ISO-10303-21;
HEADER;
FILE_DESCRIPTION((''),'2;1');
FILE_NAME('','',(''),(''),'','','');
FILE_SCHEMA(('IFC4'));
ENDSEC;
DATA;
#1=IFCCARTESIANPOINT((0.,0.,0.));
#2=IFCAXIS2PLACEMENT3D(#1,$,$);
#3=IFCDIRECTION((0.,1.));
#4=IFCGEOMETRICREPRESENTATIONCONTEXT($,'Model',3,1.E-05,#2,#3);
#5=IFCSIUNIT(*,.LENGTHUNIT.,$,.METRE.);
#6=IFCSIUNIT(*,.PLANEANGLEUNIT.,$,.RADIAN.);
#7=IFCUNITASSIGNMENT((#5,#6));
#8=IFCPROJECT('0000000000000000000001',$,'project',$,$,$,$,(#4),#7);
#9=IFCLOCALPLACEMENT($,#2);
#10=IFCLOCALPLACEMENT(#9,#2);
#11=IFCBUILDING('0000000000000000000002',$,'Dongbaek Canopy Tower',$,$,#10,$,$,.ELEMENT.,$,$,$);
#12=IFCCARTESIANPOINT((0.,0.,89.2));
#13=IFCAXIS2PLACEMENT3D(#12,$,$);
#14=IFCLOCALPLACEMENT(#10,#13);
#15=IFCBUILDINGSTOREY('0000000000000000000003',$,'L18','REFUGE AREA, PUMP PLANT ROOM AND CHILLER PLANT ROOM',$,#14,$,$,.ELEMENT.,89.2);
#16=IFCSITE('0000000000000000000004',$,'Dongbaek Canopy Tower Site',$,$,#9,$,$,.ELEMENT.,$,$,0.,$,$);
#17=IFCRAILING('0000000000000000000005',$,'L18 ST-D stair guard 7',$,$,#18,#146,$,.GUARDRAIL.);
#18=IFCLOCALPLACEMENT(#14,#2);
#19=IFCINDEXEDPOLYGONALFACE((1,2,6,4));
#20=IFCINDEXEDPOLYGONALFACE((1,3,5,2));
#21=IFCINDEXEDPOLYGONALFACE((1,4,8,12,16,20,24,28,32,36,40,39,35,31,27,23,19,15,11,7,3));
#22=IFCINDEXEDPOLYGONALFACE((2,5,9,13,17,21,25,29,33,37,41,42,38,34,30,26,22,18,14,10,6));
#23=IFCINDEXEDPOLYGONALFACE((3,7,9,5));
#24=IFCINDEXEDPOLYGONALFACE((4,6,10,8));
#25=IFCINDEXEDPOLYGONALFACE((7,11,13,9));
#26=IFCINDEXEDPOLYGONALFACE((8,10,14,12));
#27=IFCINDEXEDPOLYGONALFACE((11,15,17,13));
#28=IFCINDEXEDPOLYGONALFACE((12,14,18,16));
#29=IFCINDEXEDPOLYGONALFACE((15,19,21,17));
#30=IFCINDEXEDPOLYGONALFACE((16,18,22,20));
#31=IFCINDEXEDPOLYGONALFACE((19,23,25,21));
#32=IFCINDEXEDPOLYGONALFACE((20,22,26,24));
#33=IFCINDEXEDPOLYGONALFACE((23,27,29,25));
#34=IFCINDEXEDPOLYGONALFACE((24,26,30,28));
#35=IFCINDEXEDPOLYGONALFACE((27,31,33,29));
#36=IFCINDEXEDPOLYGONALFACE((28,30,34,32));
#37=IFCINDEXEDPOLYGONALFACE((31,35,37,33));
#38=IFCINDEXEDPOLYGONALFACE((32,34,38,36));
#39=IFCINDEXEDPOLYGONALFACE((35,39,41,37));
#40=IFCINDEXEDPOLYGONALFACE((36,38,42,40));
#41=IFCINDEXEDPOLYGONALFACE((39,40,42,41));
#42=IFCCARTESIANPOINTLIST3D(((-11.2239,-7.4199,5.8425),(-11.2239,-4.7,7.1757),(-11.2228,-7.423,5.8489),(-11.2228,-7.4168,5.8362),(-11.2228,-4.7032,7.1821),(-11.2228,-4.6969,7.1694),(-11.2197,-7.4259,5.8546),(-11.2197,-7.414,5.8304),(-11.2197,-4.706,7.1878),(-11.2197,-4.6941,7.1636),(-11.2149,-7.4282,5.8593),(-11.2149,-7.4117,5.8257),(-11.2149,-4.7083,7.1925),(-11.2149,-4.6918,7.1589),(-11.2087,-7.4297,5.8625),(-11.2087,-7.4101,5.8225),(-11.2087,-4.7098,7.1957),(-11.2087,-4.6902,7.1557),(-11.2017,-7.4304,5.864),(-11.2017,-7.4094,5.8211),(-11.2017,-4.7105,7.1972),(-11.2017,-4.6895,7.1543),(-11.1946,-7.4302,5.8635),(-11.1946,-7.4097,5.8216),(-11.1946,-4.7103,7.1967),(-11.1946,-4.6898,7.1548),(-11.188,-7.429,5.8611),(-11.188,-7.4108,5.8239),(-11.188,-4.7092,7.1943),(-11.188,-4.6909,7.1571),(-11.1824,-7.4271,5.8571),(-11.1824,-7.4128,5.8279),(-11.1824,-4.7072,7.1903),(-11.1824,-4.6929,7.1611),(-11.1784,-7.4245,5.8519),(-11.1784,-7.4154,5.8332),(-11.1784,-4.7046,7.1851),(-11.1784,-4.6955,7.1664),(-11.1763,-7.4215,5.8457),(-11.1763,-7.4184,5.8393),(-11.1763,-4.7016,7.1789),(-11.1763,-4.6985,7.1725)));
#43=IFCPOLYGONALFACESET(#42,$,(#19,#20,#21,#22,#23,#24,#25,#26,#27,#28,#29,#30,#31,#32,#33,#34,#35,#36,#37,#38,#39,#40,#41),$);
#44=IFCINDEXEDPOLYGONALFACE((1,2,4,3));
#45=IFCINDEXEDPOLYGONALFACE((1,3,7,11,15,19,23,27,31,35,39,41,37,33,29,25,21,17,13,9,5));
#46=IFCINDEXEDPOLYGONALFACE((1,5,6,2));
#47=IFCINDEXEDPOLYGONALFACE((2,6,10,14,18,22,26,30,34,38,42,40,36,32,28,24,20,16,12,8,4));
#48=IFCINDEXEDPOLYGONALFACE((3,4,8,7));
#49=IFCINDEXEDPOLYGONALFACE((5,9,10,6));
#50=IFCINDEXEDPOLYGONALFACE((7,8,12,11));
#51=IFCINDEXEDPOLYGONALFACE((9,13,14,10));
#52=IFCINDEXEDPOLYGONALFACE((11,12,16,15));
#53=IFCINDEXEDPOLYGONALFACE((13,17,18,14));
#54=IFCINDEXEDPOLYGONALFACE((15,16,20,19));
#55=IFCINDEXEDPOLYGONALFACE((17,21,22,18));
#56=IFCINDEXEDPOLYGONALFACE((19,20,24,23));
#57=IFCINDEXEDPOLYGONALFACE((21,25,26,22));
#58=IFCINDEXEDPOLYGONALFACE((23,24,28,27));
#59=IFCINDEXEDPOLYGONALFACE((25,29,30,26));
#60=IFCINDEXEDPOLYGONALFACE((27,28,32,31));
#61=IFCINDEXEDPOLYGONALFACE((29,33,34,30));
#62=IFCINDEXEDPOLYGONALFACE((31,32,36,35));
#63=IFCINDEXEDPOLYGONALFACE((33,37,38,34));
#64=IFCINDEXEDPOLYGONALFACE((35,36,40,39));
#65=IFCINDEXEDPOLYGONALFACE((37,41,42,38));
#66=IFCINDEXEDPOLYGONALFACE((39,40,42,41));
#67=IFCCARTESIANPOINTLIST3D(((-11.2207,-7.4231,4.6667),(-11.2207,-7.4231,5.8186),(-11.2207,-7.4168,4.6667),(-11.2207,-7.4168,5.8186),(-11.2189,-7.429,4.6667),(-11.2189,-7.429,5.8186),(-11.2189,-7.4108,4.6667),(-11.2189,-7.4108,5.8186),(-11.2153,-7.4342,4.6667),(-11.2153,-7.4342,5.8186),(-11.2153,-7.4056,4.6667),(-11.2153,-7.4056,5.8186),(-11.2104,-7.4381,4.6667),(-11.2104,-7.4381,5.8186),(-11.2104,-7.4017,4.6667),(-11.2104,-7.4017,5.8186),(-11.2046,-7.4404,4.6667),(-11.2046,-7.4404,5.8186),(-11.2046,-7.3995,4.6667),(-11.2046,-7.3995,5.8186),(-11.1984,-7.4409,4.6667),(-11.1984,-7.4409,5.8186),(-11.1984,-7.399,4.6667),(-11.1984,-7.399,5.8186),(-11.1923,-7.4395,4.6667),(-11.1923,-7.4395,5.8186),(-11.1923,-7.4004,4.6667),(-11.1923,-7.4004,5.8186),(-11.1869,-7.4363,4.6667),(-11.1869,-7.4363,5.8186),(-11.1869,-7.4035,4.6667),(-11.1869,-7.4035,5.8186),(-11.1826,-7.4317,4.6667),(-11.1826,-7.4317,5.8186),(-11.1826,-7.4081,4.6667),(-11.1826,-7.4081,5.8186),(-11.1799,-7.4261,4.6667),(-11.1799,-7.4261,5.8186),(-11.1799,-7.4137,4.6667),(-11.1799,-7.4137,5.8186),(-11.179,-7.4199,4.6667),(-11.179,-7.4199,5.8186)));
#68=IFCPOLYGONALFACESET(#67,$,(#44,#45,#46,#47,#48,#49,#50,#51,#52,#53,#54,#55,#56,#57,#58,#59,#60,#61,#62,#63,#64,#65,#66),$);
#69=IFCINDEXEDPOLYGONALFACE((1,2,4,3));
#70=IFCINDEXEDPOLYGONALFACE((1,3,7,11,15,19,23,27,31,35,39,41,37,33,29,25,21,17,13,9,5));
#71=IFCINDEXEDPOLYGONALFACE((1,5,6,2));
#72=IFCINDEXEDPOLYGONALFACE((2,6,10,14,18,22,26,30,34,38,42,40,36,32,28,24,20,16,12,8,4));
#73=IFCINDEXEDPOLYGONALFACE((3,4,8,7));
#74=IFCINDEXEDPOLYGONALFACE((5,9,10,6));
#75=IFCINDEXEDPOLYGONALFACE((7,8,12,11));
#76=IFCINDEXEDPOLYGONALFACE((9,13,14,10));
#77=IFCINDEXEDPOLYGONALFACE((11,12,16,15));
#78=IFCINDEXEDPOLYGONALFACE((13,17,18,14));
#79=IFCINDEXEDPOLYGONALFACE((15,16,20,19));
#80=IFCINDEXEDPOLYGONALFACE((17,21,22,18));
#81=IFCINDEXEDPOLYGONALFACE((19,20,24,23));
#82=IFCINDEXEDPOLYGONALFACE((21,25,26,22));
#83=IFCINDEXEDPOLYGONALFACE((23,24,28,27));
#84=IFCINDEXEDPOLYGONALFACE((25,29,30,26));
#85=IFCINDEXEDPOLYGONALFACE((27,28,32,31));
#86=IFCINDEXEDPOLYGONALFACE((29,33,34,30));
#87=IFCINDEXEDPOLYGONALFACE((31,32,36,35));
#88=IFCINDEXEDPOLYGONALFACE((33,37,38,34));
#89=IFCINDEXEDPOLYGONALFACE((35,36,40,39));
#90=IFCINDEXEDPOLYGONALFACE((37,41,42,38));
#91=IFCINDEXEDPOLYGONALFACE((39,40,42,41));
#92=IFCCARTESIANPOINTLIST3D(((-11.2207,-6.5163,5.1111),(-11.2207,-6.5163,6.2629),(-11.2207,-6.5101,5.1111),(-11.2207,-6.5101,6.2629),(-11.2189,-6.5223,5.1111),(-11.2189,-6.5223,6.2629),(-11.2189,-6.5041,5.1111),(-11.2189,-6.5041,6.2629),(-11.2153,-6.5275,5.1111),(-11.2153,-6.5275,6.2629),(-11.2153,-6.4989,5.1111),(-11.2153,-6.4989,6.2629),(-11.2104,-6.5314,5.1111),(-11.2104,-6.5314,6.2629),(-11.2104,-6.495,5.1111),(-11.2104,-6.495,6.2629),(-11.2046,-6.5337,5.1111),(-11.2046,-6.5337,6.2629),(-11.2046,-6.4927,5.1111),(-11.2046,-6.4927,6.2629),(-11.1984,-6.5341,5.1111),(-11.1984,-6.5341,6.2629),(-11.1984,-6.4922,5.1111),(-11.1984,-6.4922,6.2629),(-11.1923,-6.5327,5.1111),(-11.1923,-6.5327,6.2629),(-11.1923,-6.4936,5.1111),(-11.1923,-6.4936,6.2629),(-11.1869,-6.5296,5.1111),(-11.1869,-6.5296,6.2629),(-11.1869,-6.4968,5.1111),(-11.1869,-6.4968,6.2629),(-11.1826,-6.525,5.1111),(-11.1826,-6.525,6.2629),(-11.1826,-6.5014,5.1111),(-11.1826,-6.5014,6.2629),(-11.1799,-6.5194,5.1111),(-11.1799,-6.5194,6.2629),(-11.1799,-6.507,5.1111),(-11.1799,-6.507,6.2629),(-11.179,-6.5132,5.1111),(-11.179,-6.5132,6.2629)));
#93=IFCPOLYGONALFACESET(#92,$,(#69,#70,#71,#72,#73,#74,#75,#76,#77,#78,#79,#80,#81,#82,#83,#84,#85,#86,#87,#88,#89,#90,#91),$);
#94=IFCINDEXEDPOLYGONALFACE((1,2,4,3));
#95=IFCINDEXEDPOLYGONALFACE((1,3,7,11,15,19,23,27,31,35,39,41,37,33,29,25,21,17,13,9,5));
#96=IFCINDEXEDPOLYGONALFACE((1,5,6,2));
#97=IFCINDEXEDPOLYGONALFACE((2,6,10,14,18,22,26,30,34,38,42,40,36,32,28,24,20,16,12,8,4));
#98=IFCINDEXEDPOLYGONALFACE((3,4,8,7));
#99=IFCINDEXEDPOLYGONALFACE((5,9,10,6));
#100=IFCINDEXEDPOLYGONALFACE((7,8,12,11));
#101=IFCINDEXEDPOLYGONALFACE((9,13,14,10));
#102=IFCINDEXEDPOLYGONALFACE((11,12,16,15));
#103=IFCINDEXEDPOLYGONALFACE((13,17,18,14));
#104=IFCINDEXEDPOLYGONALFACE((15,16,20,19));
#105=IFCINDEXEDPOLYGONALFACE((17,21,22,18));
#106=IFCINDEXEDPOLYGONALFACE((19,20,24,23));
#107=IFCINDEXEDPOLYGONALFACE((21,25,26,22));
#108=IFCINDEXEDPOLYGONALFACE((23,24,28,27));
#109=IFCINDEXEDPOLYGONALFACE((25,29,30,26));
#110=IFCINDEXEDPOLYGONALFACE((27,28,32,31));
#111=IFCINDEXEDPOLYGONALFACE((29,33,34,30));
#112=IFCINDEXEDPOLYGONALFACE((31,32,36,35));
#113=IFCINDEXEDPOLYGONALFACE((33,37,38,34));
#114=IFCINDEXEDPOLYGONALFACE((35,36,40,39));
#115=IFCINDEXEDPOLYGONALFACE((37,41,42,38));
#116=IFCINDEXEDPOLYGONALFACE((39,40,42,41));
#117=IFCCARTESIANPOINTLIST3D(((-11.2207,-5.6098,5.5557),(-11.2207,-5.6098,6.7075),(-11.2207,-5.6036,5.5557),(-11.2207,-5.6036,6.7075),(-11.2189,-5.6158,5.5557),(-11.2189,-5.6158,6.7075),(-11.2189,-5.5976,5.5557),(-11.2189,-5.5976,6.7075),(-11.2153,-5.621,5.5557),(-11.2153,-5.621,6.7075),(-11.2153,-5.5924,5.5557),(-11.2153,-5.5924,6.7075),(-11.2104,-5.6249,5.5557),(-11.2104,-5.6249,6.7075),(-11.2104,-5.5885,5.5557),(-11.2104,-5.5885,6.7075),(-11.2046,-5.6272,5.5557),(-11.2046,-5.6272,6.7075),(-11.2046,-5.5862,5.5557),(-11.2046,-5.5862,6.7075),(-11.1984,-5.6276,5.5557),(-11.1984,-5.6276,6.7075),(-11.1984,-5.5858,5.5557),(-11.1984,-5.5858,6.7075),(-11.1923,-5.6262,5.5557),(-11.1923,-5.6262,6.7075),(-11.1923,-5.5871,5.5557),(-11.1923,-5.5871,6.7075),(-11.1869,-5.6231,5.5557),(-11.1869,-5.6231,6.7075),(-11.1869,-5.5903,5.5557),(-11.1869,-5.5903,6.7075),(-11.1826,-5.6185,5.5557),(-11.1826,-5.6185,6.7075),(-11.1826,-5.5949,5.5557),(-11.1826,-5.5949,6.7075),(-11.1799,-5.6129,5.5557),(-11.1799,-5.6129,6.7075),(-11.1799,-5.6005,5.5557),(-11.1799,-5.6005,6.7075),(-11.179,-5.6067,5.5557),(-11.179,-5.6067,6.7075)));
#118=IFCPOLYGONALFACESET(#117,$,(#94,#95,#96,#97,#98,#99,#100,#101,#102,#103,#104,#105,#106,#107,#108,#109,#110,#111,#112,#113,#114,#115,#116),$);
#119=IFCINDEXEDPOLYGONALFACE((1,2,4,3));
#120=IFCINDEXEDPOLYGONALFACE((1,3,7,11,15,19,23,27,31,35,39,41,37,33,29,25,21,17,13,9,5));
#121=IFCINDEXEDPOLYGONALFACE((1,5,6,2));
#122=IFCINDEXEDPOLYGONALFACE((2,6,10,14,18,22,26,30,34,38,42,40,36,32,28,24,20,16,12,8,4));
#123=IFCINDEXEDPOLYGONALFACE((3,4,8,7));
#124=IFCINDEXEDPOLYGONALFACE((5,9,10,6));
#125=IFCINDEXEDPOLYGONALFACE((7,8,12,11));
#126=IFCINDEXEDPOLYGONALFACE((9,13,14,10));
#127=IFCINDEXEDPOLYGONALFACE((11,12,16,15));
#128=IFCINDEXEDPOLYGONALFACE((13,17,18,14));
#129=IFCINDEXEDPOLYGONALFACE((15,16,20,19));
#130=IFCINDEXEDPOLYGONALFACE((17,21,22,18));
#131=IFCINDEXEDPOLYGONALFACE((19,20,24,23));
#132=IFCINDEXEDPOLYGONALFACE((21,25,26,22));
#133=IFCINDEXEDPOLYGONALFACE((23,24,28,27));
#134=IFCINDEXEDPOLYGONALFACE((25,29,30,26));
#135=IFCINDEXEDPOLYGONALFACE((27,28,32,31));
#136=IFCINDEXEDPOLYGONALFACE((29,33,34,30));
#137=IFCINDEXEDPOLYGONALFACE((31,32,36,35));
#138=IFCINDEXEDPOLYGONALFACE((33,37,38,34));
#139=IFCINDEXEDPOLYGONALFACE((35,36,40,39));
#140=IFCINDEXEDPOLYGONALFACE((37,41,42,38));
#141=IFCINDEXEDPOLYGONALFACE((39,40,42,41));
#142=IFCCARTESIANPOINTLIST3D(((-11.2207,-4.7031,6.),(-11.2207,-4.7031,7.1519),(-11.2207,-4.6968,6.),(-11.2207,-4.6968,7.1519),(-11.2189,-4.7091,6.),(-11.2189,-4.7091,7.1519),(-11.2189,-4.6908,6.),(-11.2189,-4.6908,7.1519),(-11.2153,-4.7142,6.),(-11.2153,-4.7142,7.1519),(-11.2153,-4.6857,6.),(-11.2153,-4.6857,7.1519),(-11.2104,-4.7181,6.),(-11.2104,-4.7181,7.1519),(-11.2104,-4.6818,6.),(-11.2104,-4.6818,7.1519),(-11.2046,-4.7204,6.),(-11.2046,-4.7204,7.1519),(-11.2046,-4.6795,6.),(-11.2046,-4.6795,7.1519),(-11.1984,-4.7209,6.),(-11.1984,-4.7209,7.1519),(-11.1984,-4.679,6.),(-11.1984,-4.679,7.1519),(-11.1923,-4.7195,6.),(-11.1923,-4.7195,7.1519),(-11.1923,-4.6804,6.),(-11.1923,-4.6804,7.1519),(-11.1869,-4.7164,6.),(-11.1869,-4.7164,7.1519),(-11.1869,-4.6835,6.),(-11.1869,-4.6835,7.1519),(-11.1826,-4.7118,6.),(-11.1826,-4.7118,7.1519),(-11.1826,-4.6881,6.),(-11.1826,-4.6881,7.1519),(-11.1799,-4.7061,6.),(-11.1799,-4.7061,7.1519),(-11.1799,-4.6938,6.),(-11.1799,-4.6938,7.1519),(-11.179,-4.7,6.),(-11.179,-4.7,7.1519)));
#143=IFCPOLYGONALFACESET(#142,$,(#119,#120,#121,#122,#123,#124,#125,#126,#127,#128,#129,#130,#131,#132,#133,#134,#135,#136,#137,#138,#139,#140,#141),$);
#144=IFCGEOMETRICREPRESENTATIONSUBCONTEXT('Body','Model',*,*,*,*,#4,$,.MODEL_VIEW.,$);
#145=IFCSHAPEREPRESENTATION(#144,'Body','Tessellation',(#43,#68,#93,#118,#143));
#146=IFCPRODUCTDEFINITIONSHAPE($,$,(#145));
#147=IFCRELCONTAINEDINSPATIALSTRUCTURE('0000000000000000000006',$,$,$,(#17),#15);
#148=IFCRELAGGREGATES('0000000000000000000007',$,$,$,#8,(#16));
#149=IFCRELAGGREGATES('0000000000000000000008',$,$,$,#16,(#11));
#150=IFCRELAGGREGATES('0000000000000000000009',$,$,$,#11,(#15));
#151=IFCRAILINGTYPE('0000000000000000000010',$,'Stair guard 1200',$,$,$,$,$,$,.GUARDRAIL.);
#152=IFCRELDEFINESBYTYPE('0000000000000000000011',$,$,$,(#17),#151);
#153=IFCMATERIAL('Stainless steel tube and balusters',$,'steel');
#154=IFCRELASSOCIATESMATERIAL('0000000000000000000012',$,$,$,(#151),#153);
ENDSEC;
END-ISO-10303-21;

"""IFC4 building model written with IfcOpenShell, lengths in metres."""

from ifc_helpers import new_model, si_unit, direction, frame, origin, origin_2d, place, context, subcontext, project, spatial, circle, extrude, material, type_object, element, save


model = new_model("IFC4")

# Units and contexts
model_context = context("Model", 3, precision=1e-05, world=origin(), true_north=direction((0.0, 1.0)))
body_context = subcontext(model_context, "Body", "Model", "MODEL_VIEW")
ifc_project = project(units=[si_unit("LENGTHUNIT", "METRE"), si_unit("PLANEANGLEUNIT", "RADIAN")], contexts=[model_context])

# Site, building, storey
site_placement = place(None, origin())
site = spatial("IfcSite", under=ifc_project, at=site_placement, Name="Dongbaek Canopy Tower Site", CompositionType="ELEMENT", RefElevation=0.0)
building_placement = place(site_placement, origin())
building = spatial("IfcBuilding", under=site, at=building_placement, Name="Dongbaek Canopy Tower", CompositionType="ELEMENT")
storey_placement = place(building_placement, frame((0.0, 0.0, 89.2)))
storey = spatial("IfcBuildingStorey", under=building, at=storey_placement, Name="L18", Description="REFUGE AREA, PUMP PLANT ROOM AND CHILLER PLANT ROOM", CompositionType="ELEMENT", Elevation=89.2)

# Railing
ifc_material_1 = material(Name="Stainless steel tube and balusters", Category="steel")
railing_type_1 = type_object("IfcRailingType", Name="Stair guard 1200", PredefinedType="GUARDRAIL", material=ifc_material_1)
railing_1_placement = place(storey_placement, frame((-11.2, -7.4199, 4.6667)))
element("IfcRailing", 1, at=railing_1_placement, inside=storey, type_object=railing_type_1, Name="L18 ST-D stair guard 7", PredefinedType="GUARDRAIL", context=body_context, shape_type="SweptSolid", body=[
    extrude(circle(Radius=0.0239, at=origin_2d()), frame((0.0, 0.0, 1.1758), z_axis=(0.0, 0.897929, 0.440139), x_axis=(-1.0, 0.0, 0.0)), (0.0, 0.0, 1.0), 3.0291),
    extrude(circle(Radius=0.021, at=origin_2d()), origin(), (0.0, 0.0, 1.0), 1.1519),
    extrude(circle(Radius=0.021, at=origin_2d()), frame((0.0, 0.9067, 0.4443)), (0.0, 0.0, 1.0), 1.1519),
    extrude(circle(Radius=0.021, at=origin_2d()), frame((0.0, 1.8132, 0.8889)), (0.0, 0.0, 1.0), 1.1519),
    extrude(circle(Radius=0.021, at=origin_2d()), frame((0.0, 2.72, 1.3333)), (0.0, 0.0, 1.0), 1.1519),
])

save(model, "model.ifc")
